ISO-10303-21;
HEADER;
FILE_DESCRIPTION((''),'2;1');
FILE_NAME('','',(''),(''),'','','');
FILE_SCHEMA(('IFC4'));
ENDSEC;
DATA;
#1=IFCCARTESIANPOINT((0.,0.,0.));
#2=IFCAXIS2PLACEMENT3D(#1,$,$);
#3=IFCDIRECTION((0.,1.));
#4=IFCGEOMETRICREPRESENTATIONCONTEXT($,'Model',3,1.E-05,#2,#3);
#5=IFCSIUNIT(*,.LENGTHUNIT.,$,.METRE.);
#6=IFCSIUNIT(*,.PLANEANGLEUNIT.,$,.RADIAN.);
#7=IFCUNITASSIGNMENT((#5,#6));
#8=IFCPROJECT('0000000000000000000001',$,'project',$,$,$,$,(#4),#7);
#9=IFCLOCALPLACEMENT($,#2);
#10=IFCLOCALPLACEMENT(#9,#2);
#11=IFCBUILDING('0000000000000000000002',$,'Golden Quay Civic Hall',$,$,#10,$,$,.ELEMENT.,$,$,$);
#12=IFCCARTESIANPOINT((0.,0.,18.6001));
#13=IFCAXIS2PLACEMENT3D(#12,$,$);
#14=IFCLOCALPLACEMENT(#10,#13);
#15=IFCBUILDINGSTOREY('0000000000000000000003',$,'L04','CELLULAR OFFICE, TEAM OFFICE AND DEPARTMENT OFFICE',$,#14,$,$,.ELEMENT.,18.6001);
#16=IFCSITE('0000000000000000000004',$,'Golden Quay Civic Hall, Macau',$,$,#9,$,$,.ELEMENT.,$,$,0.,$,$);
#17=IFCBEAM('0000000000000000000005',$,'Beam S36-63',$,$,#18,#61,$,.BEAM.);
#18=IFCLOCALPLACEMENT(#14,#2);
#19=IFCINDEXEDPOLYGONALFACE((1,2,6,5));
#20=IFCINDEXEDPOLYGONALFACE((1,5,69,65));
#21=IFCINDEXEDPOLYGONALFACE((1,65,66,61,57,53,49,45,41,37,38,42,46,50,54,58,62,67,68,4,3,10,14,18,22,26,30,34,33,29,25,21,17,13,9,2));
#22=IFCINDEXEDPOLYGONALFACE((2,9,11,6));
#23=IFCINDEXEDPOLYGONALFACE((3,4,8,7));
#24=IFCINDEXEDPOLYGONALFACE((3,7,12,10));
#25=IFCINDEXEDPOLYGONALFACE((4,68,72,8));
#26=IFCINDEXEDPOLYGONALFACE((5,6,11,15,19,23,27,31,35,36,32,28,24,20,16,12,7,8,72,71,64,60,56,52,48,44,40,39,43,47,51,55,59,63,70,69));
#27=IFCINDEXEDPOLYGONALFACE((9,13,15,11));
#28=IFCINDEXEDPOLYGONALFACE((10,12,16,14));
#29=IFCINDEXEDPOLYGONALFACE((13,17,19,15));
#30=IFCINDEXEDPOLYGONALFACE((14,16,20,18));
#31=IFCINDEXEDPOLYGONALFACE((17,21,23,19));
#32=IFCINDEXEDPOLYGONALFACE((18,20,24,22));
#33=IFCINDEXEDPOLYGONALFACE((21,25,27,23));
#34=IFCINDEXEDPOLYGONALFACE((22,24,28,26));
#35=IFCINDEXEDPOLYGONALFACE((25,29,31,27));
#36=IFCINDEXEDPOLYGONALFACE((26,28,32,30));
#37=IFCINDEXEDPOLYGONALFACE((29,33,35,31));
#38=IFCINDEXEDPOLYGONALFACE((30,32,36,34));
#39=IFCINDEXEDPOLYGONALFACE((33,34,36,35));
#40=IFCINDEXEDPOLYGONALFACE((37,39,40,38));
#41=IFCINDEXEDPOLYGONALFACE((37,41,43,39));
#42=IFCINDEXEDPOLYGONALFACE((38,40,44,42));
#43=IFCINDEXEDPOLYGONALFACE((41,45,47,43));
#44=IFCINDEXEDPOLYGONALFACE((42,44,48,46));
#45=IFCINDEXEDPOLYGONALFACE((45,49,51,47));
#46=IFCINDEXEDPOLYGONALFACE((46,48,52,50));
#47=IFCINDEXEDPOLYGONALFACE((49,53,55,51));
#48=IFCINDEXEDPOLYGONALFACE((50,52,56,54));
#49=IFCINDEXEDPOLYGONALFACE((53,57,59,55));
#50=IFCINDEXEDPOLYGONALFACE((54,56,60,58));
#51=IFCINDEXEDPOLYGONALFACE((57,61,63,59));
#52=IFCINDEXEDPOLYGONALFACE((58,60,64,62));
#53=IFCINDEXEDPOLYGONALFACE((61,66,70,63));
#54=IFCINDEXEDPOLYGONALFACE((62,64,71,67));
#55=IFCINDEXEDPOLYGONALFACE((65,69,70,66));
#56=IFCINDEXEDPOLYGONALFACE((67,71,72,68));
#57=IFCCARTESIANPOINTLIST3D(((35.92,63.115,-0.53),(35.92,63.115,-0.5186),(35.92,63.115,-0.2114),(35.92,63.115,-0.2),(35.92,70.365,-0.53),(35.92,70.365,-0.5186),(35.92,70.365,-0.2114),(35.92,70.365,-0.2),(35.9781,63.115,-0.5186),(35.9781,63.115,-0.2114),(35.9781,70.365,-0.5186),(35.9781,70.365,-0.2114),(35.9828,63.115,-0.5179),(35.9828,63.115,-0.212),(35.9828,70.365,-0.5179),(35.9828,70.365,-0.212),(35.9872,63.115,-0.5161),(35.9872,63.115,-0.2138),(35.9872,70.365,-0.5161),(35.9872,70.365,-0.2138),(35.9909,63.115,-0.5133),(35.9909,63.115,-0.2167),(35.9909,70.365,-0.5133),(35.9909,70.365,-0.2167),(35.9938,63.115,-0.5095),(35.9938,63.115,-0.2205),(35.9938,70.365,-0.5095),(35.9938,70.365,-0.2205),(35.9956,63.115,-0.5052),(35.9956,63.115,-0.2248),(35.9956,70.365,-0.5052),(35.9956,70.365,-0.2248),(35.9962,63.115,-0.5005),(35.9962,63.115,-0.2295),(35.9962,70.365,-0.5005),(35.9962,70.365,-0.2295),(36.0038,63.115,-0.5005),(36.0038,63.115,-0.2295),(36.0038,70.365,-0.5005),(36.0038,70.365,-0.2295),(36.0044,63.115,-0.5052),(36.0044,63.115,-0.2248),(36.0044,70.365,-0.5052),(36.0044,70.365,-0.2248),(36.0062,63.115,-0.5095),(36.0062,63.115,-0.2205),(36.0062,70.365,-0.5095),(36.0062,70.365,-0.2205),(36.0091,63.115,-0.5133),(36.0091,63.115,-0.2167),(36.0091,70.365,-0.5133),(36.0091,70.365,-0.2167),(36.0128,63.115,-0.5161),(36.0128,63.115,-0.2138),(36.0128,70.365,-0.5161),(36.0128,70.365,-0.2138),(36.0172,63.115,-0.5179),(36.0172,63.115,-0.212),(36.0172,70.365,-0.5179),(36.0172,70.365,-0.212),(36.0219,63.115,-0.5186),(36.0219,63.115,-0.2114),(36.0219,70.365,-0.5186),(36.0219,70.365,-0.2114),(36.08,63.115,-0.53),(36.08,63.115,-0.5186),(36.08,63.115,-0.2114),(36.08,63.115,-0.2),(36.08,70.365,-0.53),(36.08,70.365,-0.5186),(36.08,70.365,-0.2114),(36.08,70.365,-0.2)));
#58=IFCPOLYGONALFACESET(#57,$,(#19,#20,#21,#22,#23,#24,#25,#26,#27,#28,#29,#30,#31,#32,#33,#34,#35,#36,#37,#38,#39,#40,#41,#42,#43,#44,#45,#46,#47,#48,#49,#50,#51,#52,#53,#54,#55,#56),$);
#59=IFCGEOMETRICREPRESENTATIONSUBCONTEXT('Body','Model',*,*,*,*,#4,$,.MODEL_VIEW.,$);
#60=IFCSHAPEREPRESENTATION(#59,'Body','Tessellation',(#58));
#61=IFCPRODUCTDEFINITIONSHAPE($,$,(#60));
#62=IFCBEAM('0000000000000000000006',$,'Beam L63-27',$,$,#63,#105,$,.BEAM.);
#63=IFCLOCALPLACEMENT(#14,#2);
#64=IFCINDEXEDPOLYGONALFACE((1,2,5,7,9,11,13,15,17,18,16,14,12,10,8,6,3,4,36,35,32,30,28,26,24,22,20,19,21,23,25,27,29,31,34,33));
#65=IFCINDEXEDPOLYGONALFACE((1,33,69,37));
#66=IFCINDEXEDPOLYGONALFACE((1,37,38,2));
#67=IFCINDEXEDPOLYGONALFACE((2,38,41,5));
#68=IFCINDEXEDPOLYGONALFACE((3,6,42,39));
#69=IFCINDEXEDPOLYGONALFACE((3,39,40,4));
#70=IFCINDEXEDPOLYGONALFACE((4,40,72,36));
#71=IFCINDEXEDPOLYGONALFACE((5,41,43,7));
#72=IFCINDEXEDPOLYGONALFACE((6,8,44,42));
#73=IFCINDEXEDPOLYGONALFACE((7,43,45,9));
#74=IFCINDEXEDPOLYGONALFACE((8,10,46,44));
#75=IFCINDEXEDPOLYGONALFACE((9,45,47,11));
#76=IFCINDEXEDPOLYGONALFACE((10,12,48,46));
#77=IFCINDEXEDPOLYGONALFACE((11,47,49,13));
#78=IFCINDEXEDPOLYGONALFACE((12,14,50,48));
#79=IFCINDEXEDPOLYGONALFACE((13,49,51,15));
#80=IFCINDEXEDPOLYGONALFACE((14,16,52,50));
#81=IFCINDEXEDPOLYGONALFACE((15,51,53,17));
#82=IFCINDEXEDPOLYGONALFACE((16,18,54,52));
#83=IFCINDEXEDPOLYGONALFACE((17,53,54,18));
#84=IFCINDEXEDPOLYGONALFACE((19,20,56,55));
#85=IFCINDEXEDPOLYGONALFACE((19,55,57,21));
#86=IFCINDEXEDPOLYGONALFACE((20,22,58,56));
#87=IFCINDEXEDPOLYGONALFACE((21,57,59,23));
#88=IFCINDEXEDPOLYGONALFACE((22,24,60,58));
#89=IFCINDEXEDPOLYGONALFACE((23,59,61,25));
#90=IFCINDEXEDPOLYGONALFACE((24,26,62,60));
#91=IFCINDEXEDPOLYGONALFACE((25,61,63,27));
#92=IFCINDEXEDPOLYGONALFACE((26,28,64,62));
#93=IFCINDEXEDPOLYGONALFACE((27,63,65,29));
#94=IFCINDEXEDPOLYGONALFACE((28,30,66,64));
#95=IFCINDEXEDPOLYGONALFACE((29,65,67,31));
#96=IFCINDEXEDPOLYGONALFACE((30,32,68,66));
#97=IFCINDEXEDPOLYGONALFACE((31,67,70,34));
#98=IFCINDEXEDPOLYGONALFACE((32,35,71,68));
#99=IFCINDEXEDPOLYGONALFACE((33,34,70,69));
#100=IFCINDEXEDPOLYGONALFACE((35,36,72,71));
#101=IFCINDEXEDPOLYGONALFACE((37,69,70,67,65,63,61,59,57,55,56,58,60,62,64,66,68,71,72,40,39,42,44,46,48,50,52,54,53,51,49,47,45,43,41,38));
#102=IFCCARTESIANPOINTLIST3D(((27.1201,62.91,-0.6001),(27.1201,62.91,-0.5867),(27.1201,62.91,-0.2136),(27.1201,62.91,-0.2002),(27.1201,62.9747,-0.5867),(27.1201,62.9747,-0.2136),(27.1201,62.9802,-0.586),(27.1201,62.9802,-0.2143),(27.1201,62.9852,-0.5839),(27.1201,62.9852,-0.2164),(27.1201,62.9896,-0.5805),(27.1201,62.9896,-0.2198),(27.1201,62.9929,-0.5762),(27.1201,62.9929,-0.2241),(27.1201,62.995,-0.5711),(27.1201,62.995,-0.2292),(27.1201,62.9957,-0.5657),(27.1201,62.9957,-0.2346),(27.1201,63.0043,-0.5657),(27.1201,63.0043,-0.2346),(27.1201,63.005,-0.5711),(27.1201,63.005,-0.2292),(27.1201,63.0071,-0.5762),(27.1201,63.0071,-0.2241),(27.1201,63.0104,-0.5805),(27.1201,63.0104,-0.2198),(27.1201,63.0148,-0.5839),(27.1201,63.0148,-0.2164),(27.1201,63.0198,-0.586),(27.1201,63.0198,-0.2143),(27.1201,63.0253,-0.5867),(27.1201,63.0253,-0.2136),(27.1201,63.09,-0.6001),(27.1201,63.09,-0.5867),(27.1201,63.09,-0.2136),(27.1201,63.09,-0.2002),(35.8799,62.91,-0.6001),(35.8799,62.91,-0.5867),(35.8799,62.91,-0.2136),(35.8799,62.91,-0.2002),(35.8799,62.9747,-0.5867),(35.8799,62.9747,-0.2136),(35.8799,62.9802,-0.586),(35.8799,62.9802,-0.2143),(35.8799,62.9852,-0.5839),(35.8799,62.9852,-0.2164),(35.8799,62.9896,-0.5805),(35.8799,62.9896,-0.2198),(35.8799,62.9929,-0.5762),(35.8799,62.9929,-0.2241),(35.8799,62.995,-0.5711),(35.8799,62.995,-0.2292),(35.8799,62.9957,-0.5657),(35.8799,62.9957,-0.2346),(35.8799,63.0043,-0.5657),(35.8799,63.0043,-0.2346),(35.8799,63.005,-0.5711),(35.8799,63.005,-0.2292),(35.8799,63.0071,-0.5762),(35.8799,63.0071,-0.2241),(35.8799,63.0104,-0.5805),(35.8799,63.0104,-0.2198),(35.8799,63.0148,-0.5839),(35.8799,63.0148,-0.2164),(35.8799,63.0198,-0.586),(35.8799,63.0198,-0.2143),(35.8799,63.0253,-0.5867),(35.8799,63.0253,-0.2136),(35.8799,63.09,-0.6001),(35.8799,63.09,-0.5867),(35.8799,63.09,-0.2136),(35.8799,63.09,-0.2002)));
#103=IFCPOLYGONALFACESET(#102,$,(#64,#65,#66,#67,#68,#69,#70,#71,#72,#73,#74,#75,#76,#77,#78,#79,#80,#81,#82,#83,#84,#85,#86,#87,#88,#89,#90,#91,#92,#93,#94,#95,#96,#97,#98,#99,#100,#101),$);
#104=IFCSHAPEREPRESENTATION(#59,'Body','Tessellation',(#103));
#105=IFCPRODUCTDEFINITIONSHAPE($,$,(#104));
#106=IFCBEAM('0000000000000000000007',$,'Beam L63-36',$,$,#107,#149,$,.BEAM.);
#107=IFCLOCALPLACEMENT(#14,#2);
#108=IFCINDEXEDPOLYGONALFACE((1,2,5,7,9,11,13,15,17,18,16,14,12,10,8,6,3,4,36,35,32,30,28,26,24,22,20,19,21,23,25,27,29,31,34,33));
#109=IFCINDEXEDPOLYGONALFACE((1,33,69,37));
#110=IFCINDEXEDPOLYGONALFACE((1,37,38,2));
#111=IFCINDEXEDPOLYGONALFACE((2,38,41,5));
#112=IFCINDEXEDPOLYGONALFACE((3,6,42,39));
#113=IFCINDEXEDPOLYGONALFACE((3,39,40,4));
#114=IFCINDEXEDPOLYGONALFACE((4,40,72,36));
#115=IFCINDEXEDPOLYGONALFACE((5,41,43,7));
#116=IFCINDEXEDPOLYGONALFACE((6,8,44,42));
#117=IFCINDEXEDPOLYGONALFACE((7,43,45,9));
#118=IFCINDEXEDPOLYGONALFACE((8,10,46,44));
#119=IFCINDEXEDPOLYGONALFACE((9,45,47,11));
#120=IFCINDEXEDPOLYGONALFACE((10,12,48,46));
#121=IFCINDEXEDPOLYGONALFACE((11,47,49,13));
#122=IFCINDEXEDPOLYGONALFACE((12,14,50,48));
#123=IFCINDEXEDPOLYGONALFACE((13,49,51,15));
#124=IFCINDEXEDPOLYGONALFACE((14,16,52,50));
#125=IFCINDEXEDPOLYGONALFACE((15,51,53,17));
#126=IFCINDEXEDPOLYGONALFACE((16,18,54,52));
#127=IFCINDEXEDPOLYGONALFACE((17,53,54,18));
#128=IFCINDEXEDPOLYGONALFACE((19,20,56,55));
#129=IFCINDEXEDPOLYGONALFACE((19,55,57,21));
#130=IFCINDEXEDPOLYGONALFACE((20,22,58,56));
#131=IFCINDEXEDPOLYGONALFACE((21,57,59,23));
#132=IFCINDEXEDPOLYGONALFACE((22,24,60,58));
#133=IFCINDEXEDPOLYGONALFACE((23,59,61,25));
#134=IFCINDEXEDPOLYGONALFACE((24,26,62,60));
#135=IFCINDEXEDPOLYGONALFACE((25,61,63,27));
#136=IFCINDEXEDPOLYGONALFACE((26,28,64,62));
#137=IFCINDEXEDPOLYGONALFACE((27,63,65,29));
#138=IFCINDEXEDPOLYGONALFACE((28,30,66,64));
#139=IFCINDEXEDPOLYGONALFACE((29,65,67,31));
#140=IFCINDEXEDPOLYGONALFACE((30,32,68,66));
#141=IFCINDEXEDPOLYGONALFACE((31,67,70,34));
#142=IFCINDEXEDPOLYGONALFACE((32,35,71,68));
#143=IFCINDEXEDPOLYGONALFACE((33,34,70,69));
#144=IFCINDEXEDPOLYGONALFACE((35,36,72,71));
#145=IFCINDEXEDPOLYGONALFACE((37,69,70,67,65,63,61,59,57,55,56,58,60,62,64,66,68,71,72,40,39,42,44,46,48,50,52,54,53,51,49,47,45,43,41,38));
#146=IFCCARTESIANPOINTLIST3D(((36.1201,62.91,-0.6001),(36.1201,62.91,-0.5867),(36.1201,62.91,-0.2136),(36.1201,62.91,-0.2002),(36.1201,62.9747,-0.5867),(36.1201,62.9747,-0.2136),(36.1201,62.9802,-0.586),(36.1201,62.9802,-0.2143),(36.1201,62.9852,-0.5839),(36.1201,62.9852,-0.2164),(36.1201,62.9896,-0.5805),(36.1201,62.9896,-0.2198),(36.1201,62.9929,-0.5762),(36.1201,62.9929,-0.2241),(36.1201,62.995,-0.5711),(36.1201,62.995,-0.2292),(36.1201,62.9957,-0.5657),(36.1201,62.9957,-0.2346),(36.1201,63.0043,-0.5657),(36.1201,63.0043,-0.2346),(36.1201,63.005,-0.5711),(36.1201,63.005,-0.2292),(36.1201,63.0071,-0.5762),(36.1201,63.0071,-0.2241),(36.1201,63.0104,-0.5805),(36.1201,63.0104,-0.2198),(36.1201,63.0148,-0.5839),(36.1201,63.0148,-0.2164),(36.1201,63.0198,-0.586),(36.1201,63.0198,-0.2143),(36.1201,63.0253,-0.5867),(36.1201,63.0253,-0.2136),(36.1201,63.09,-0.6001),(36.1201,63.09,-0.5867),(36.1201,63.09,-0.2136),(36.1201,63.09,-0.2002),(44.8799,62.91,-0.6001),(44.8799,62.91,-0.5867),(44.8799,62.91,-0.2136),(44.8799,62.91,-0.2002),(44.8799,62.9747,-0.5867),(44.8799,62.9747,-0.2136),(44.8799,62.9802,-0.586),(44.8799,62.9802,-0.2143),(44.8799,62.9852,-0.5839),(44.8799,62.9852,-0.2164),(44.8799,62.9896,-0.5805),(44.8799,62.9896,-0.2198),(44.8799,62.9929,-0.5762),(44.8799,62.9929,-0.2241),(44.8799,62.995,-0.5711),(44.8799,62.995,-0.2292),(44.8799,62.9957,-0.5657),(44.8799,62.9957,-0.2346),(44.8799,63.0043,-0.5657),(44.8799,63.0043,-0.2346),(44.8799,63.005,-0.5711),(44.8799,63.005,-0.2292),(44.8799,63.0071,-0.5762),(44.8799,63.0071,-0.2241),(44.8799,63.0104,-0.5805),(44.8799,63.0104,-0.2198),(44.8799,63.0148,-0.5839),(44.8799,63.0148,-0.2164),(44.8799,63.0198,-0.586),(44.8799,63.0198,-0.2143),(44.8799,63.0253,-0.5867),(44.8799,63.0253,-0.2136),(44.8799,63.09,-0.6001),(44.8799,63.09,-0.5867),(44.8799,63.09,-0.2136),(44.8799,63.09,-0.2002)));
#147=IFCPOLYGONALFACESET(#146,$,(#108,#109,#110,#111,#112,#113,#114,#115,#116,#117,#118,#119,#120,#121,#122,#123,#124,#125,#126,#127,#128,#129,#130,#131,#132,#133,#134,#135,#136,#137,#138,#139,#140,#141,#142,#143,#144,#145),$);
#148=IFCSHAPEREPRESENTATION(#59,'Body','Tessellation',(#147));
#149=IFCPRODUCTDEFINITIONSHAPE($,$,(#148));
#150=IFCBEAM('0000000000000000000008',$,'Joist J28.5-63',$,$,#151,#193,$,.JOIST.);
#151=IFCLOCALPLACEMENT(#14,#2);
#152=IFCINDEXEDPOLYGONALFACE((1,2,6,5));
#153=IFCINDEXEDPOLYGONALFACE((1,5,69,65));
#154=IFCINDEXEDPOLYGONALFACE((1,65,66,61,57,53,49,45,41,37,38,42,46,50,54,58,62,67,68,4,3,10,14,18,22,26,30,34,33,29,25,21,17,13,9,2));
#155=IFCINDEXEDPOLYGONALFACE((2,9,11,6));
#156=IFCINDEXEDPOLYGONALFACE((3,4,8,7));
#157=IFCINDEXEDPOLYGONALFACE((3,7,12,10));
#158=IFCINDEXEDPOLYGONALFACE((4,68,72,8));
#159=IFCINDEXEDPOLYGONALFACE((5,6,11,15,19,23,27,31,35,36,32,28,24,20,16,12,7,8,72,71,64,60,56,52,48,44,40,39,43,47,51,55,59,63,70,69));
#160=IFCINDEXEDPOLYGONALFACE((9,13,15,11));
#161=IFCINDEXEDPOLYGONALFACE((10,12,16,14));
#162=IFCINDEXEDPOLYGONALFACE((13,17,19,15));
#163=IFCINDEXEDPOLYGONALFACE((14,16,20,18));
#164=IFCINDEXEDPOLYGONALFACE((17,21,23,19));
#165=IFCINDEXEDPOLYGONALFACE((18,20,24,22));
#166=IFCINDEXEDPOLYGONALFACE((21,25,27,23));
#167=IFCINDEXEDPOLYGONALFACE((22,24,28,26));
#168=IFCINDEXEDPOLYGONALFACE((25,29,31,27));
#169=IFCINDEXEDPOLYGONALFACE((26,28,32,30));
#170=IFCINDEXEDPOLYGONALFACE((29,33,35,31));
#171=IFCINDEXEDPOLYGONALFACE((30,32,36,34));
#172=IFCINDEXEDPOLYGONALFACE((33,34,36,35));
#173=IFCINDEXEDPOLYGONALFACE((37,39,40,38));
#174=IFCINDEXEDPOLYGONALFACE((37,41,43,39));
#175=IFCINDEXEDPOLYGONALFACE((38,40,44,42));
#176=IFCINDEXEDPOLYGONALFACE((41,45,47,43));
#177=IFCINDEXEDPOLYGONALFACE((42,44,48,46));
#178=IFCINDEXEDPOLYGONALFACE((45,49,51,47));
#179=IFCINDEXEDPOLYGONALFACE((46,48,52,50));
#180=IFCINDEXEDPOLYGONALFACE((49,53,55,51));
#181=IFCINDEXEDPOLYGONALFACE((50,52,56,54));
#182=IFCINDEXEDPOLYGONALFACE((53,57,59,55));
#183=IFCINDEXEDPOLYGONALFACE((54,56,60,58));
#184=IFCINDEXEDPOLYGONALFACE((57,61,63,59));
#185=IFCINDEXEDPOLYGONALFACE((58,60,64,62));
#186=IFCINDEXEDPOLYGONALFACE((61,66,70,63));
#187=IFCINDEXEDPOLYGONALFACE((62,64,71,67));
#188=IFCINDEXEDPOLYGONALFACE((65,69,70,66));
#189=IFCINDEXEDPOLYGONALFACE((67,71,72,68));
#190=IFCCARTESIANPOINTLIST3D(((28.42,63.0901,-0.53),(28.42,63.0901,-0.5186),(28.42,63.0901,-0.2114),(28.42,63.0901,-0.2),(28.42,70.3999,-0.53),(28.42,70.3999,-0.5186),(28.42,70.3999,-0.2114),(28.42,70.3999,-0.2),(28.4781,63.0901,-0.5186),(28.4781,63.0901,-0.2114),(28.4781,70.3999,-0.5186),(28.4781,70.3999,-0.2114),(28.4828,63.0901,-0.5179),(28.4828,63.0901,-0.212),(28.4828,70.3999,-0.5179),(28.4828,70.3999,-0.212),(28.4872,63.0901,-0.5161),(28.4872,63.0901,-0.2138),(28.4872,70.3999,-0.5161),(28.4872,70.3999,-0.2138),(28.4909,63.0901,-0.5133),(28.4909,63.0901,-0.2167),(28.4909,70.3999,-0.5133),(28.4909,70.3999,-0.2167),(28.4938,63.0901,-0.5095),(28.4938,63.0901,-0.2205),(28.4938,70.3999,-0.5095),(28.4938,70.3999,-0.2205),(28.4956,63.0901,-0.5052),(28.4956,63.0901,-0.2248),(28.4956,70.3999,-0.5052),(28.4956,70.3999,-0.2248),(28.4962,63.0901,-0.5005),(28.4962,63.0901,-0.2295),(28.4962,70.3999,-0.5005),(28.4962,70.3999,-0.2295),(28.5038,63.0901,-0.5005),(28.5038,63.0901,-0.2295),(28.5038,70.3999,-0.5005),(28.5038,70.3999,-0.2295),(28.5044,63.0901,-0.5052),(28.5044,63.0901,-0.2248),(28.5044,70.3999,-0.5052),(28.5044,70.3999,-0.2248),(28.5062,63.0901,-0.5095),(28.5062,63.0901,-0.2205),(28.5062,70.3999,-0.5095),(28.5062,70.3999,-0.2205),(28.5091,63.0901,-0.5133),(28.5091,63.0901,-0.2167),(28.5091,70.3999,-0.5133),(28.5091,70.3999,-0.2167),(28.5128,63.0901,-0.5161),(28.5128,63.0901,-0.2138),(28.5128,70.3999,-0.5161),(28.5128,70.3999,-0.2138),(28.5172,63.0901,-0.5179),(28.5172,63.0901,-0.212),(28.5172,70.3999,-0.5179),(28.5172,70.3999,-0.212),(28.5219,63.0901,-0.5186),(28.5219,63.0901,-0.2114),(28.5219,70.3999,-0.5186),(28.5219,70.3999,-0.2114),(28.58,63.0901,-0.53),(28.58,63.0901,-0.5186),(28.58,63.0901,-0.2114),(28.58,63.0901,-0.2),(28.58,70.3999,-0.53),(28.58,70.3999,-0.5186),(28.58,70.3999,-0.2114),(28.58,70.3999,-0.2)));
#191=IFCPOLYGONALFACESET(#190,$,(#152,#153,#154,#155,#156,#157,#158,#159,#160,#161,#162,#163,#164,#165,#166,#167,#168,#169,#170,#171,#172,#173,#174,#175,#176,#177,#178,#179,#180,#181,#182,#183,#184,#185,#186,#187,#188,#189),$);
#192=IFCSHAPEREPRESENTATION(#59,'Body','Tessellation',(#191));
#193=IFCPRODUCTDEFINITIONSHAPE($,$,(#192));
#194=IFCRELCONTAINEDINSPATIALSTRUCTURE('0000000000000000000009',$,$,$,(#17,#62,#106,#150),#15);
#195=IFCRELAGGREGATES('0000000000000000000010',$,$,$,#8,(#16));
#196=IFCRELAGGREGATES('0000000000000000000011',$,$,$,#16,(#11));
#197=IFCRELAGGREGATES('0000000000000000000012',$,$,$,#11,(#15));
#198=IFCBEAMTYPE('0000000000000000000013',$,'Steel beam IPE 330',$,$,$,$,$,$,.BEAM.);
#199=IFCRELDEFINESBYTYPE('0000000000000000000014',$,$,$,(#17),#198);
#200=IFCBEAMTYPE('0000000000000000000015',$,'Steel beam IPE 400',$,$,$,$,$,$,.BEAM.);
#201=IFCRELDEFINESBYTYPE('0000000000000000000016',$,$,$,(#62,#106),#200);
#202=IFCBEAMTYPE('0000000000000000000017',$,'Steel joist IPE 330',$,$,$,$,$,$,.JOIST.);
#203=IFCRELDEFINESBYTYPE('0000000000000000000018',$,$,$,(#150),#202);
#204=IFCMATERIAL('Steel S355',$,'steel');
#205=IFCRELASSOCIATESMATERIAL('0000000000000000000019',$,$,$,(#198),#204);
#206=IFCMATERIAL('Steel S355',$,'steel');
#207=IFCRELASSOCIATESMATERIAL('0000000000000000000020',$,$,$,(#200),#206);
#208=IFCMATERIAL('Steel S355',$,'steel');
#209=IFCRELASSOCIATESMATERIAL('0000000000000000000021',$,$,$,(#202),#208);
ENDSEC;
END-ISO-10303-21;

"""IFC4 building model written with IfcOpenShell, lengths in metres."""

from ifc_helpers import new_model, si_unit, direction, frame, origin, origin_2d, place, context, subcontext, project, spatial, i_section, extrude, material, material_profile, profile_set, type_object, element, save


model = new_model("IFC4")

# Units and contexts
model_context = context("Model", 3, precision=1e-05, world=origin(), true_north=direction((0.0, 1.0)))
body_context = subcontext(model_context, "Body", "Model", "MODEL_VIEW")
ifc_project = project(units=[si_unit("LENGTHUNIT", "METRE"), si_unit("PLANEANGLEUNIT", "RADIAN")], contexts=[model_context])

# Site, building, storey
site_placement = place(None, origin())
site = spatial("IfcSite", under=ifc_project, at=site_placement, Name="Golden Quay Civic Hall, Macau", CompositionType="ELEMENT", RefElevation=0.0)
building_placement = place(site_placement, origin())
building = spatial("IfcBuilding", under=site, at=building_placement, Name="Golden Quay Civic Hall", CompositionType="ELEMENT")
storey_placement = place(building_placement, frame((0.0, 0.0, 18.6001)))
storey = spatial("IfcBuildingStorey", under=building, at=storey_placement, Name="L04", Description="CELLULAR OFFICE, TEAM OFFICE AND DEPARTMENT OFFICE", CompositionType="ELEMENT", Elevation=18.6001)

# Beams
ifc_material_1 = material(Name="Steel S355", Category="steel")
ifc_material_profile_1 = material_profile(ifc_material_1, i_section(OverallWidth=0.1599, OverallDepth=0.3301, WebThickness=0.0076, FlangeThickness=0.0115, FilletRadius=0.0181, at=origin_2d()), Name="IPE 330")
ifc_profile_set_1 = profile_set([ifc_material_profile_1], Name="Steel S355")
beam_type_1 = type_object("IfcBeamType", Name="Steel beam IPE 330", PredefinedType="BEAM", material=ifc_profile_set_1)
beam_1_placement = place(storey_placement, frame((36.0, 63.115, -0.365), z_axis=(0.0, 1.0, 0.0), x_axis=(-1.0, 0.0, 0.0)))
element("IfcBeam", 1, at=beam_1_placement, inside=storey, type_object=beam_type_1, Name="Beam S36-63", PredefinedType="BEAM", context=body_context, shape_type="SweptSolid", body=[
    extrude(i_section(OverallWidth=0.1599, OverallDepth=0.3301, WebThickness=0.0076, FlangeThickness=0.0115, FilletRadius=0.0181, at=origin_2d()), origin(), (0.0, 0.0, 1.0), 7.25),
])
ifc_material_2 = material(Name="Steel S355", Category="steel")
ifc_material_profile_2 = material_profile(ifc_material_2, i_section(OverallWidth=0.1799, OverallDepth=0.3999, WebThickness=0.0085, FlangeThickness=0.0134, FilletRadius=0.021, at=origin_2d()), Name="IPE 400")
ifc_profile_set_2 = profile_set([ifc_material_profile_2], Name="Steel S355")
beam_type_2 = type_object("IfcBeamType", Name="Steel beam IPE 400", PredefinedType="BEAM", material=ifc_profile_set_2)
for number, where, z_axis, x_axis, name in (
    (2, (27.1201, 63.0, -0.4001), (1.0, 0.0, 0.0), (0.0, 1.0, 0.0), "Beam L63-27"),
    (3, (36.1201, 63.0, -0.4001), (1.0, 0.0, 0.0), (0.0, 1.0, 0.0), "Beam L63-36"),
):
    element("IfcBeam", number, at=place(storey_placement, frame(where, z_axis=z_axis, x_axis=x_axis)), inside=storey, type_object=beam_type_2, Name=name, PredefinedType="BEAM", context=body_context, shape_type="SweptSolid", body=[
        extrude(i_section(OverallWidth=0.1799, OverallDepth=0.3999, WebThickness=0.0085, FlangeThickness=0.0134, FilletRadius=0.021, at=origin_2d()), origin(), (0.0, 0.0, 1.0), 8.7598),
    ])
ifc_material_3 = material(Name="Steel S355", Category="steel")
ifc_material_profile_3 = material_profile(ifc_material_3, i_section(OverallWidth=0.1599, OverallDepth=0.3301, WebThickness=0.0076, FlangeThickness=0.0115, FilletRadius=0.0181, at=origin_2d()), Name="IPE 330")
ifc_profile_set_3 = profile_set([ifc_material_profile_3], Name="Steel S355")
beam_type_3 = type_object("IfcBeamType", Name="Steel joist IPE 330", PredefinedType="JOIST", material=ifc_profile_set_3)
for number, where, z_axis, x_axis, name in (
    (4, (28.5, 63.0901, -0.365), (0.0, 1.0, 0.0), (-1.0, 0.0, 0.0), "Joist J28.5-63"),
):
    element("IfcBeam", number, at=place(storey_placement, frame(where, z_axis=z_axis, x_axis=x_axis)), inside=storey, type_object=beam_type_3, Name=name, PredefinedType="JOIST", context=body_context, shape_type="SweptSolid", body=[
        extrude(i_section(OverallWidth=0.1599, OverallDepth=0.3301, WebThickness=0.0076, FlangeThickness=0.0115, FilletRadius=0.0181, at=origin_2d()), origin(), (0.0, 0.0, 1.0), 7.3098),
    ])

save(model, "model.ifc")
